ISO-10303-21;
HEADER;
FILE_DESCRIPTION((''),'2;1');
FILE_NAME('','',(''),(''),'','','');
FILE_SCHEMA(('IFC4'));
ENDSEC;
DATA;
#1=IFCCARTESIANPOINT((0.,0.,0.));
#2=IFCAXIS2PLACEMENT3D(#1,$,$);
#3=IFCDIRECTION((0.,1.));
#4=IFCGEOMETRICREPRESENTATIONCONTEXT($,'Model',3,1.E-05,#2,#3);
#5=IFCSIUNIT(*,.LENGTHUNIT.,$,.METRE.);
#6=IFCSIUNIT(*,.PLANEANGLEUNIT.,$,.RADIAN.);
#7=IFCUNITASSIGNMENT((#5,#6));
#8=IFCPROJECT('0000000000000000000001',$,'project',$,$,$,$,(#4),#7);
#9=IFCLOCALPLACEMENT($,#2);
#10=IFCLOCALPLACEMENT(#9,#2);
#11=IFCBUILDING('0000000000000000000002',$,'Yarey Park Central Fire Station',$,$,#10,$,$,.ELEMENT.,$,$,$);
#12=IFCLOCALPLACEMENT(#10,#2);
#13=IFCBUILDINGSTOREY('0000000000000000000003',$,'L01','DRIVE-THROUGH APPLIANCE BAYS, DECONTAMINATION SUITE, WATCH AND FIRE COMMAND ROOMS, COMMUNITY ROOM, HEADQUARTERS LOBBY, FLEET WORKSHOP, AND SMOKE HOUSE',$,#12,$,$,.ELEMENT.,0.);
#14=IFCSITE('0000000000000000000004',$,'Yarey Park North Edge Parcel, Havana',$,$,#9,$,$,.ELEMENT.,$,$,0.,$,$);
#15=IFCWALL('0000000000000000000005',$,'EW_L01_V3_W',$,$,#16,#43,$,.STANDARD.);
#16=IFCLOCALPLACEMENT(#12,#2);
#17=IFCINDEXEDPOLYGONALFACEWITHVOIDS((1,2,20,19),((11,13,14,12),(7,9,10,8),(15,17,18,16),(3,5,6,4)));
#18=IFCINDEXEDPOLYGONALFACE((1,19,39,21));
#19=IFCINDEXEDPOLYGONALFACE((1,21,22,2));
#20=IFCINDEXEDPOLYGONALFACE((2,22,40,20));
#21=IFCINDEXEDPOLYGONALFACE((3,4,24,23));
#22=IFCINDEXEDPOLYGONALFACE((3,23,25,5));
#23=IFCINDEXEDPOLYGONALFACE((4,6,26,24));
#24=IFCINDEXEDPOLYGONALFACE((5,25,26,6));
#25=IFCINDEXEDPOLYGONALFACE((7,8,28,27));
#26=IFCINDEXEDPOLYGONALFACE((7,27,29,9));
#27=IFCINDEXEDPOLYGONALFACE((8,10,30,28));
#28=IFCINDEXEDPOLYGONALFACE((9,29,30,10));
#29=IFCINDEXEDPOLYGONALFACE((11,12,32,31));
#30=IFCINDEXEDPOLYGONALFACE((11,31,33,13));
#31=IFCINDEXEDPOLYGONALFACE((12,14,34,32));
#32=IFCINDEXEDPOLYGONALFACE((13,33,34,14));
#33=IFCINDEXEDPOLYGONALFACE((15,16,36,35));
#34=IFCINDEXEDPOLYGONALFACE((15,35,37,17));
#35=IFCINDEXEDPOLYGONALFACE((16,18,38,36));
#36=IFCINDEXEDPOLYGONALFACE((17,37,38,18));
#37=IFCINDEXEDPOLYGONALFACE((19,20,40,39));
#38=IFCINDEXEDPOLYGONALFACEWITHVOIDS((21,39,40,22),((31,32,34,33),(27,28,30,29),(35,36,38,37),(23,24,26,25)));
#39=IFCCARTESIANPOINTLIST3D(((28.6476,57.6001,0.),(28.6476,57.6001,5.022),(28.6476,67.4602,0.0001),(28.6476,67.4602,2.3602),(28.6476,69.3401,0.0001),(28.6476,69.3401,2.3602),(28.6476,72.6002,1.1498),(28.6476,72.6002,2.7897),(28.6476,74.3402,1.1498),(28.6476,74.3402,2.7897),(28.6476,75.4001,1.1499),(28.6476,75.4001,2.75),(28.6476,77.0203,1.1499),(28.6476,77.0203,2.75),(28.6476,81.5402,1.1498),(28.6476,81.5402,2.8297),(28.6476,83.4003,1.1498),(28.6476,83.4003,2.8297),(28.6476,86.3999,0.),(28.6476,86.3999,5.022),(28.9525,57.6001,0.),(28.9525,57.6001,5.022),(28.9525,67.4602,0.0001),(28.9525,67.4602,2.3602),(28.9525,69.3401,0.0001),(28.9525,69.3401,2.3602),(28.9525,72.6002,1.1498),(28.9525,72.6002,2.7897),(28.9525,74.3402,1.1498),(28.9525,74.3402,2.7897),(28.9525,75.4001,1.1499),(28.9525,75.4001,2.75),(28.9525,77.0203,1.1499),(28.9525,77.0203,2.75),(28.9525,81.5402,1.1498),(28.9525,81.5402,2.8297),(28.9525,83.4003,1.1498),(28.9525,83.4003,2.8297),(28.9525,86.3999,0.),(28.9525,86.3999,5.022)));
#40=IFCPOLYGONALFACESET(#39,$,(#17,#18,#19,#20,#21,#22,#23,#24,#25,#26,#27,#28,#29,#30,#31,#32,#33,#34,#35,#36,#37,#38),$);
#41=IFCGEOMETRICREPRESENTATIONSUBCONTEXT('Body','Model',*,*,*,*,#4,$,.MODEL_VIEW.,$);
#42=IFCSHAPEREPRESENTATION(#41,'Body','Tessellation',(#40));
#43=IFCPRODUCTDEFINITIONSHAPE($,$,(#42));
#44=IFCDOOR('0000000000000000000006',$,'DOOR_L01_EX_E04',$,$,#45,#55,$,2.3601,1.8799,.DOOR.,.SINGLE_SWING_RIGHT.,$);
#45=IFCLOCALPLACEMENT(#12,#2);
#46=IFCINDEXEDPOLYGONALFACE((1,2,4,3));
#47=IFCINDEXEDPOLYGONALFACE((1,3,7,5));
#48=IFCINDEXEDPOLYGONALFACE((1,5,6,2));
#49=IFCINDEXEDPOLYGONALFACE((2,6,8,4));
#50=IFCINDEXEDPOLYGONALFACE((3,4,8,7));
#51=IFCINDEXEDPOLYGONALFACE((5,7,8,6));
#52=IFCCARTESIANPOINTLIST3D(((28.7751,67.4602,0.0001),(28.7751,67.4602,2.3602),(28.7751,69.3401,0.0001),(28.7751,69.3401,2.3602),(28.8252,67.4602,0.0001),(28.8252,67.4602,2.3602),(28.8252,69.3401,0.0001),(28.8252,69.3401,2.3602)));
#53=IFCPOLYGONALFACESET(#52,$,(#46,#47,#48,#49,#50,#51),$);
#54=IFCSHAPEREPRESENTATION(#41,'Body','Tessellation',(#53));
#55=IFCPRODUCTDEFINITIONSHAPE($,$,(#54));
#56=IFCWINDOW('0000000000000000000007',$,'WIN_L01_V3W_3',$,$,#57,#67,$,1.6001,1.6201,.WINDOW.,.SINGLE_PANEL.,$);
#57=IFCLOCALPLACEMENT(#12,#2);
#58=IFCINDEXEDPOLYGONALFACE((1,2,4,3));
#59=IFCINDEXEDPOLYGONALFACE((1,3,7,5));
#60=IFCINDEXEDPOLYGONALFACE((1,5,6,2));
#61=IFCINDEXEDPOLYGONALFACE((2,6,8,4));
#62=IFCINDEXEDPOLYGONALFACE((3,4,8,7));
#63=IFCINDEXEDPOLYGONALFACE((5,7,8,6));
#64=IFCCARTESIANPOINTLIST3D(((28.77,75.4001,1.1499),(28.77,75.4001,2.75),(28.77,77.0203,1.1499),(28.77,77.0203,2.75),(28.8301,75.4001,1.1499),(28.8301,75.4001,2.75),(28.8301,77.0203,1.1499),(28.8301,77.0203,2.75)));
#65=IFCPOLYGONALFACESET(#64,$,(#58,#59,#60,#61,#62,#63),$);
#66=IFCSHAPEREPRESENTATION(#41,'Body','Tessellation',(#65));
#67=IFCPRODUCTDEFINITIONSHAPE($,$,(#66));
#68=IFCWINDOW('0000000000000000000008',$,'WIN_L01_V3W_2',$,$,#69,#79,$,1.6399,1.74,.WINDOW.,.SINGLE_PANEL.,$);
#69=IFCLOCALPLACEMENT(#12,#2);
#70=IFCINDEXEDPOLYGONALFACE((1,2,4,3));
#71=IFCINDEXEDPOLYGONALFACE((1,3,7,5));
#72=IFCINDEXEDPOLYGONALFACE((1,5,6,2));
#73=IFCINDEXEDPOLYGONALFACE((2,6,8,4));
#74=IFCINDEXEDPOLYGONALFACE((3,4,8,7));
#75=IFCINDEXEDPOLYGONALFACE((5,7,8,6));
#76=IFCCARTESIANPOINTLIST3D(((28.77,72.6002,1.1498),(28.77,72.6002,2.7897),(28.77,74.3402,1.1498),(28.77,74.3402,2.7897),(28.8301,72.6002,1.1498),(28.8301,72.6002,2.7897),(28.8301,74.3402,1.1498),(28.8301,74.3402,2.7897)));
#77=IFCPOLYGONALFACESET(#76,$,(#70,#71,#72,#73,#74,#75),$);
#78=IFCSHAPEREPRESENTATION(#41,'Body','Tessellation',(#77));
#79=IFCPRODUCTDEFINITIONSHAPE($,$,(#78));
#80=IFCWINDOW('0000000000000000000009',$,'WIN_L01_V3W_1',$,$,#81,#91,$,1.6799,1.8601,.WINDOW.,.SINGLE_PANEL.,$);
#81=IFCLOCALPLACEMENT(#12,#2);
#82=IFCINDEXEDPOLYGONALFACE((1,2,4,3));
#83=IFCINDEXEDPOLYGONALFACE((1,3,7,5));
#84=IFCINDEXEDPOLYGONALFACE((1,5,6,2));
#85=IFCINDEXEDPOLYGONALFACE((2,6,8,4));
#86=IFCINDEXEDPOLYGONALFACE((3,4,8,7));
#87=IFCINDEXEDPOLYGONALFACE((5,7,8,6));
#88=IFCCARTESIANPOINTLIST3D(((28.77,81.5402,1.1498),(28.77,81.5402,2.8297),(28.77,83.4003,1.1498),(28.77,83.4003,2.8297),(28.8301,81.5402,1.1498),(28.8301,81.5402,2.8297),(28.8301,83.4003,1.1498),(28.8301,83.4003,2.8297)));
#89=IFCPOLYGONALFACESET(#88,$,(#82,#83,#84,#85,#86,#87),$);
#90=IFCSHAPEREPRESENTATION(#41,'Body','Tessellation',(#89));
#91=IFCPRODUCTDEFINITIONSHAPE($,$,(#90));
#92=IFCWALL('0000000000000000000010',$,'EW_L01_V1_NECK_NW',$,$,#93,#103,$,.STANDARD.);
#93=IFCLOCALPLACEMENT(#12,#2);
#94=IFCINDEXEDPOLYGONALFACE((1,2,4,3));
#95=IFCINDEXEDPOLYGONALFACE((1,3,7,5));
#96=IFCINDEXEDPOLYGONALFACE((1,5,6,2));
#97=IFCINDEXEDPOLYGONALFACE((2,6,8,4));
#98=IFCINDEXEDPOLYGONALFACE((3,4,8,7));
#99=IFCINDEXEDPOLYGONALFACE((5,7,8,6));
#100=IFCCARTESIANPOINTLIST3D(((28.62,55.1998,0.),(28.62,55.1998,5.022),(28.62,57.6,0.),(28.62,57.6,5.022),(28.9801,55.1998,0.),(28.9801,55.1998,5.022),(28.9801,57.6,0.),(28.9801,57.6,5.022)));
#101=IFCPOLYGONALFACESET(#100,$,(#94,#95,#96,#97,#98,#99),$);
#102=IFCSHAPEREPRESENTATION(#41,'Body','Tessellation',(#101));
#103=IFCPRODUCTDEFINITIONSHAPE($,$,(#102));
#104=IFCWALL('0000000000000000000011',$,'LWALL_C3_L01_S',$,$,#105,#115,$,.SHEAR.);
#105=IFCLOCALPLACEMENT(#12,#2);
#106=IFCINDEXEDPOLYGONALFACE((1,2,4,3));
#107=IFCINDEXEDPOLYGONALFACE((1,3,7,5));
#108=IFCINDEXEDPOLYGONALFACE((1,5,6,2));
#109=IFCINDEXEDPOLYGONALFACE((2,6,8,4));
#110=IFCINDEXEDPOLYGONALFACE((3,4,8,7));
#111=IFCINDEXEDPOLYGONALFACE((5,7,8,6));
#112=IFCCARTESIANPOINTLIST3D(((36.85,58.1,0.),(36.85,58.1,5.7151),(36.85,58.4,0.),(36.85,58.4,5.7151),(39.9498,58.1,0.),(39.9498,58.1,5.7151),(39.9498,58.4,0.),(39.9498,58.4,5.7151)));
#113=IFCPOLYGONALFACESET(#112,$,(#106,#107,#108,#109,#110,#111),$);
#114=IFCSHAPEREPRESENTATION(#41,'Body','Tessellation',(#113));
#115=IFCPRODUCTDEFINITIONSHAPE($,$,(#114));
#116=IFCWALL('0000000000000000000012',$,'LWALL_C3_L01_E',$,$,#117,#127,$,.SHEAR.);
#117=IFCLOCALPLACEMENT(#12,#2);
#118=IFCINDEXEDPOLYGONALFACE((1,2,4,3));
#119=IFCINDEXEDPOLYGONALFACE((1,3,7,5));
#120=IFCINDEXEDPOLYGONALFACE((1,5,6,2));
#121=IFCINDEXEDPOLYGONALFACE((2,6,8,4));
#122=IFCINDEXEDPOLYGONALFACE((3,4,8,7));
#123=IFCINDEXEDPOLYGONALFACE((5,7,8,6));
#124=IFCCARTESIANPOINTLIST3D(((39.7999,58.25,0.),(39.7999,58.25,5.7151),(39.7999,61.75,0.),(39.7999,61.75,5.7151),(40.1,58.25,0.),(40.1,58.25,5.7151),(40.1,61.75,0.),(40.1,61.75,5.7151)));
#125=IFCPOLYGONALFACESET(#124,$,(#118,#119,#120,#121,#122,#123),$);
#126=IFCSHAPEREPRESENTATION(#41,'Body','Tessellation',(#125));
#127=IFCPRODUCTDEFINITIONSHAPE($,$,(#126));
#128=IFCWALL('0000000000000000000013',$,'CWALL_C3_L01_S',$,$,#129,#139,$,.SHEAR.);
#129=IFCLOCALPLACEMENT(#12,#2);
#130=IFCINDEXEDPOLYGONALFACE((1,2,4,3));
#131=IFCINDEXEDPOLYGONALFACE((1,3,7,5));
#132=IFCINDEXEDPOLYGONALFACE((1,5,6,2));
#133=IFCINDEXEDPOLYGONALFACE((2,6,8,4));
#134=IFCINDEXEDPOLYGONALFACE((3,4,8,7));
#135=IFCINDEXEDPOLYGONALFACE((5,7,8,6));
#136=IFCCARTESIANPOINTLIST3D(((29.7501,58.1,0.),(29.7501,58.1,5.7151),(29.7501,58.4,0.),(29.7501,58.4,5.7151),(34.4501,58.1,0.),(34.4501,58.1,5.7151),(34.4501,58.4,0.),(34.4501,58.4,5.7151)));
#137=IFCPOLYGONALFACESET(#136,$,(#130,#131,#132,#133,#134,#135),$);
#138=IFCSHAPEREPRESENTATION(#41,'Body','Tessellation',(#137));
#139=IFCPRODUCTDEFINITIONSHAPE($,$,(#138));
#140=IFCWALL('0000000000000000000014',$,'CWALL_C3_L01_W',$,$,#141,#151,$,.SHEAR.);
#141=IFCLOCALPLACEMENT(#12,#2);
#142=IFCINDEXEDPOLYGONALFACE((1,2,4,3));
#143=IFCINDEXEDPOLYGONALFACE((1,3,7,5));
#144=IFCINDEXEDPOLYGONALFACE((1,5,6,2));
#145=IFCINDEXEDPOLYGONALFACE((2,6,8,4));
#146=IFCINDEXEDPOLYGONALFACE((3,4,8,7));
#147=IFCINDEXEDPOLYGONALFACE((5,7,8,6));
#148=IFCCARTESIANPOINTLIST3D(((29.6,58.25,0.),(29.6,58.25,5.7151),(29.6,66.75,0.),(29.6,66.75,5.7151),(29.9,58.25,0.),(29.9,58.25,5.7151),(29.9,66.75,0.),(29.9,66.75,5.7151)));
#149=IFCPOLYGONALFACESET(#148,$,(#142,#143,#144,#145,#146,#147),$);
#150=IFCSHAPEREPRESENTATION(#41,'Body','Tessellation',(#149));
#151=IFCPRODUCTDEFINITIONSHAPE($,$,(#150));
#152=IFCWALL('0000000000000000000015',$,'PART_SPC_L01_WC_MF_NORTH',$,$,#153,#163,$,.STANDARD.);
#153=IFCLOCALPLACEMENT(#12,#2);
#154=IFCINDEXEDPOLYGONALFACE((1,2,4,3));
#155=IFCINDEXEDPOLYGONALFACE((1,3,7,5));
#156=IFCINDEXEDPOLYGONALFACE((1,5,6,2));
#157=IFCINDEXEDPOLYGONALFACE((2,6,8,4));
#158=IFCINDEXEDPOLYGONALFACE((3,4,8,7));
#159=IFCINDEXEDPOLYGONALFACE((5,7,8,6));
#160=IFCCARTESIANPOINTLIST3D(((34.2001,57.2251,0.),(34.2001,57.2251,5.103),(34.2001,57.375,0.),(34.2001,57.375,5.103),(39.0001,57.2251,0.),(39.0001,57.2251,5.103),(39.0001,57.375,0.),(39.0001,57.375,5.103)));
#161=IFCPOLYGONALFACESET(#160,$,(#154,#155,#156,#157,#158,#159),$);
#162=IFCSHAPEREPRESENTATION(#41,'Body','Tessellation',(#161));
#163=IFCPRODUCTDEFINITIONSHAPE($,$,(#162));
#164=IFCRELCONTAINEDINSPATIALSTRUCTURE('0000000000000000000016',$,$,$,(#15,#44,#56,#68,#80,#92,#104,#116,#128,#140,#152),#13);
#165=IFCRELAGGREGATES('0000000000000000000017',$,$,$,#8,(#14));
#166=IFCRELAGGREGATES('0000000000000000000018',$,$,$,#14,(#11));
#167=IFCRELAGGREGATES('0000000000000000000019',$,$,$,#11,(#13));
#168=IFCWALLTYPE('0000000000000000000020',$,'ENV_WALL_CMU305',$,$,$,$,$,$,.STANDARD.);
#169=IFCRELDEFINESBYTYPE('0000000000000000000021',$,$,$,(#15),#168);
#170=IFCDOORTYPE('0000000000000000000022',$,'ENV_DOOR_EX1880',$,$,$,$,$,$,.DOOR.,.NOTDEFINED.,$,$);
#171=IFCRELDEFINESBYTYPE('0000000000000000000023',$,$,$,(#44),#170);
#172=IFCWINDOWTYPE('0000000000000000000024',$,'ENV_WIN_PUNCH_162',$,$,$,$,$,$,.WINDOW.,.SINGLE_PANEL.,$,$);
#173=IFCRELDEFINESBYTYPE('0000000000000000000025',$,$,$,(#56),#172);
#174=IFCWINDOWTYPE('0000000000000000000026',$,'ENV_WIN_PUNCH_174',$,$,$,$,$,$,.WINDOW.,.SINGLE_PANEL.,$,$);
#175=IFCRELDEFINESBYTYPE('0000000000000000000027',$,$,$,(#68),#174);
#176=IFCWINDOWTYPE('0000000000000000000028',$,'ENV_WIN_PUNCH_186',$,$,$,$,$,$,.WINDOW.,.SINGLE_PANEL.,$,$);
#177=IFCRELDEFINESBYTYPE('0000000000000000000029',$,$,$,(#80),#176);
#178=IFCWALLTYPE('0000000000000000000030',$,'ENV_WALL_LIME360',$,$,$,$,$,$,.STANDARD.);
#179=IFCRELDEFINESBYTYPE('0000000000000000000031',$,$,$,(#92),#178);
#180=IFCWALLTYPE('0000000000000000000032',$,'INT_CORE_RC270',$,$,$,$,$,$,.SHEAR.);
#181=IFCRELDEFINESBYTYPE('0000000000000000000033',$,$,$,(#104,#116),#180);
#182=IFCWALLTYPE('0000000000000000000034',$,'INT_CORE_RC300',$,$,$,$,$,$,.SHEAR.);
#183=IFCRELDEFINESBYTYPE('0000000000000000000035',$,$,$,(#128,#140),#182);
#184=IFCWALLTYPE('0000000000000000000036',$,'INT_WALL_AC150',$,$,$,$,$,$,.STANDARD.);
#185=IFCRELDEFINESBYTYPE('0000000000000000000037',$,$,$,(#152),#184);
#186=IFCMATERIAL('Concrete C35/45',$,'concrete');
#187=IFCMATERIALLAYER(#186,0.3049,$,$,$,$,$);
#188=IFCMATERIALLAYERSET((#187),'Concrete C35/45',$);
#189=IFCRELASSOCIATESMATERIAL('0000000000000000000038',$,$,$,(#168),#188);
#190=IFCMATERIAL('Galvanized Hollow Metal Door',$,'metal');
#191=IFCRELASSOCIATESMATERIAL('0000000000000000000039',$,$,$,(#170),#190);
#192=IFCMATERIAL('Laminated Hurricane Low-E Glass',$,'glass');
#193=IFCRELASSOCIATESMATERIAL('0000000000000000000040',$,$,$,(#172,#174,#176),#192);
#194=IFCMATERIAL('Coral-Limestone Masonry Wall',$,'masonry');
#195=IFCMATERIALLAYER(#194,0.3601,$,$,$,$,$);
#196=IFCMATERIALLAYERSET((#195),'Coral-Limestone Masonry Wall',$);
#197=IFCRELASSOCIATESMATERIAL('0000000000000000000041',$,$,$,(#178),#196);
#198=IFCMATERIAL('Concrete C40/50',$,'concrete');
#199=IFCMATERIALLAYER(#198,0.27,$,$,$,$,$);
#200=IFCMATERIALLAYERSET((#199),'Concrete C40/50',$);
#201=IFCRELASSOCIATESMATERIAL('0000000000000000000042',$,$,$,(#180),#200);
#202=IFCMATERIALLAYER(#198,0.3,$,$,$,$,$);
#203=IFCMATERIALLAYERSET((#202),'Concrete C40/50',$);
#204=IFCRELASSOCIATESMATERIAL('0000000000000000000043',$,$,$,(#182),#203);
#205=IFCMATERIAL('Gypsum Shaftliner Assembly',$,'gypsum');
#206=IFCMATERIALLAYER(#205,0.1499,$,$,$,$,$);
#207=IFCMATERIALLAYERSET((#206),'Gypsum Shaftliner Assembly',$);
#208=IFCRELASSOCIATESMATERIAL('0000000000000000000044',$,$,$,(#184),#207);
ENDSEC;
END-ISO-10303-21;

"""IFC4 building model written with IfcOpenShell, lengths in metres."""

from ifc_helpers import new_model, si_unit, direction, frame, frame_2d, origin, place, context, subcontext, project, spatial, rectangle, extrude, material, layer, layer_set, type_object, element, fill, save


model = new_model("IFC4")

# Units and contexts
model_context = context("Model", 3, precision=1e-05, world=origin(), true_north=direction((0.0, 1.0)))
body_context = subcontext(model_context, "Body", "Model", "MODEL_VIEW")
ifc_project = project(units=[si_unit("LENGTHUNIT", "METRE"), si_unit("PLANEANGLEUNIT", "RADIAN")], contexts=[model_context])

# Site, building, storey
site_placement = place(None, origin())
site = spatial("IfcSite", under=ifc_project, at=site_placement, Name="Yarey Park North Edge Parcel, Havana", CompositionType="ELEMENT", RefElevation=0.0)
building_placement = place(site_placement, origin())
building = spatial("IfcBuilding", under=site, at=building_placement, Name="Yarey Park Central Fire Station", CompositionType="ELEMENT")
storey_placement = place(building_placement, origin())
storey = spatial("IfcBuildingStorey", under=building, at=storey_placement, Name="L01", Description="DRIVE-THROUGH APPLIANCE BAYS, DECONTAMINATION SUITE, WATCH AND FIRE COMMAND ROOMS, COMMUNITY ROOM, HEADQUARTERS LOBBY, FLEET WORKSHOP, AND SMOKE HOUSE", CompositionType="ELEMENT", Elevation=0.0)

# Shared definitions
ifc_material_1 = material(Name="Concrete C35/45", Category="concrete")

# Wall, openings, door, windows
ifc_layer_1 = layer(ifc_material_1, 0.3049)
ifc_layer_set_1 = layer_set([ifc_layer_1], Name="Concrete C35/45")
wall_type_1 = type_object("IfcWallType", Name="ENV_WALL_CMU305", PredefinedType="STANDARD", material=ifc_layer_set_1)
wall_1_placement = place(storey_placement, frame((28.8, 57.6001, 0.0), z_axis=(0.0, 0.0, 1.0), x_axis=(0.0, 1.0, 0.0)))
wall_1 = element("IfcWall", 1, at=wall_1_placement, inside=storey, type_object=wall_type_1, Name="EW_L01_V3_W", PredefinedType="STANDARD", context=body_context, shape_type="SweptSolid", body=[
    extrude(rectangle(XDim=28.7998, YDim=0.3049, at=frame_2d((14.3999, 0.0))), origin(), (0.0, 0.0, 1.0), 5.022),
])
opening_1_placement = place(wall_1_placement, frame((9.8601, 0.0, 0.0)))
opening_1 = element("IfcOpeningElement", 2, at=opening_1_placement, cuts=wall_1, PredefinedType="OPENING", context=body_context, shape_type="SweptSolid", body=[
    extrude(rectangle(XDim=1.8799, YDim=2.3601, at=frame_2d((0.9399, 1.1802))), frame((0.0, 0.1624, 0.0), z_axis=(0.0, -1.0, 0.0), x_axis=(1.0, 0.0, 0.0)), (0.0, 0.0, 1.0), 0.325),
])
opening_2_placement = place(wall_1_placement, frame((23.9399, 0.0, 1.1499)))
opening_2 = element("IfcOpeningElement", 3, at=opening_2_placement, cuts=wall_1, PredefinedType="OPENING", context=body_context, shape_type="SweptSolid", body=[
    extrude(rectangle(XDim=1.8601, YDim=1.6799, at=frame_2d((0.9302, 0.8398))), frame((0.0, 0.1624, 0.0), z_axis=(0.0, -1.0, 0.0), x_axis=(1.0, 0.0, 0.0)), (0.0, 0.0, 1.0), 0.325),
])
opening_3_placement = place(wall_1_placement, frame((15.0, 0.0, 1.1499)))
opening_3 = element("IfcOpeningElement", 4, at=opening_3_placement, cuts=wall_1, PredefinedType="OPENING", context=body_context, shape_type="SweptSolid", body=[
    extrude(rectangle(XDim=1.74, YDim=1.6399, at=frame_2d((0.8701, 0.8198))), frame((0.0, 0.1624, 0.0), z_axis=(0.0, -1.0, 0.0), x_axis=(1.0, 0.0, 0.0)), (0.0, 0.0, 1.0), 0.325),
])
opening_4_placement = place(wall_1_placement, frame((17.8, 0.0, 1.1499)))
opening_4 = element("IfcOpeningElement", 5, at=opening_4_placement, cuts=wall_1, PredefinedType="OPENING", context=body_context, shape_type="SweptSolid", body=[
    extrude(rectangle(XDim=1.6201, YDim=1.6001, at=frame_2d((0.8101, 0.8))), frame((0.0, 0.1624, 0.0), z_axis=(0.0, -1.0, 0.0), x_axis=(1.0, 0.0, 0.0)), (0.0, 0.0, 1.0), 0.325),
])
ifc_material_2 = material(Name="Galvanized Hollow Metal Door", Category="metal")
door_type_1 = type_object("IfcDoorType", Name="ENV_DOOR_EX1880", OperationType="NOTDEFINED", PredefinedType="DOOR", material=ifc_material_2)
door_1_placement = place(opening_1_placement, origin())
door_1 = element("IfcDoor", 6, at=door_1_placement, inside=storey, type_object=door_type_1, Name="DOOR_L01_EX_E04", OperationType="SINGLE_SWING_RIGHT", OverallHeight=2.3601, OverallWidth=1.8799, PredefinedType="DOOR", context=body_context, shape_type="SweptSolid", body=[
    extrude(rectangle(XDim=1.8799, YDim=2.3601, at=frame_2d((0.9399, 1.1802))), frame((0.0, 0.0249, 0.0), z_axis=(0.0, -1.0, 0.0), x_axis=(1.0, 0.0, 0.0)), (0.0, 0.0, 1.0), 0.05),
])
fill(opening_1, door_1)
ifc_material_3 = material(Name="Laminated Hurricane Low-E Glass", Category="glass")
window_type_1 = type_object("IfcWindowType", Name="ENV_WIN_PUNCH_162", PartitioningType="SINGLE_PANEL", PredefinedType="WINDOW", material=ifc_material_3)
window_1_placement = place(opening_4_placement, origin())
window_1 = element("IfcWindow", 7, at=window_1_placement, inside=storey, type_object=window_type_1, Name="WIN_L01_V3W_3", OverallHeight=1.6001, OverallWidth=1.6201, PartitioningType="SINGLE_PANEL", PredefinedType="WINDOW", context=body_context, shape_type="SweptSolid", body=[
    extrude(rectangle(XDim=1.6201, YDim=1.6001, at=frame_2d((0.8101, 0.8))), frame((0.0, 0.03, 0.0), z_axis=(0.0, -1.0, 0.0), x_axis=(1.0, 0.0, 0.0)), (0.0, 0.0, 1.0), 0.0601),
])
fill(opening_4, window_1)
window_type_2 = type_object("IfcWindowType", Name="ENV_WIN_PUNCH_174", PartitioningType="SINGLE_PANEL", PredefinedType="WINDOW", material=ifc_material_3)
window_2_placement = place(opening_3_placement, origin())
window_2 = element("IfcWindow", 8, at=window_2_placement, inside=storey, type_object=window_type_2, Name="WIN_L01_V3W_2", OverallHeight=1.6399, OverallWidth=1.74, PartitioningType="SINGLE_PANEL", PredefinedType="WINDOW", context=body_context, shape_type="SweptSolid", body=[
    extrude(rectangle(XDim=1.74, YDim=1.6399, at=frame_2d((0.8701, 0.8198))), frame((0.0, 0.03, 0.0), z_axis=(0.0, -1.0, 0.0), x_axis=(1.0, 0.0, 0.0)), (0.0, 0.0, 1.0), 0.0601),
])
fill(opening_3, window_2)
window_type_3 = type_object("IfcWindowType", Name="ENV_WIN_PUNCH_186", PartitioningType="SINGLE_PANEL", PredefinedType="WINDOW", material=ifc_material_3)
window_3_placement = place(opening_2_placement, origin())
window_3 = element("IfcWindow", 9, at=window_3_placement, inside=storey, type_object=window_type_3, Name="WIN_L01_V3W_1", OverallHeight=1.6799, OverallWidth=1.8601, PartitioningType="SINGLE_PANEL", PredefinedType="WINDOW", context=body_context, shape_type="SweptSolid", body=[
    extrude(rectangle(XDim=1.8601, YDim=1.6799, at=frame_2d((0.9302, 0.8398))), frame((0.0, 0.03, 0.0), z_axis=(0.0, -1.0, 0.0), x_axis=(1.0, 0.0, 0.0)), (0.0, 0.0, 1.0), 0.0601),
])
fill(opening_2, window_3)

# Walls
ifc_material_4 = material(Name="Coral-Limestone Masonry Wall", Category="masonry")
ifc_layer_2 = layer(ifc_material_4, 0.3601)
ifc_layer_set_2 = layer_set([ifc_layer_2], Name="Coral-Limestone Masonry Wall")
wall_type_2 = type_object("IfcWallType", Name="ENV_WALL_LIME360", PredefinedType="STANDARD", material=ifc_layer_set_2)
wall_2_placement = place(storey_placement, frame((28.8, 57.6001, 0.0), z_axis=(0.0, 0.0, 1.0), x_axis=(0.0, -1.0, 0.0)))
element("IfcWall", 10, at=wall_2_placement, inside=storey, type_object=wall_type_2, Name="EW_L01_V1_NECK_NW", PredefinedType="STANDARD", context=body_context, shape_type="SweptSolid", body=[
    extrude(rectangle(XDim=2.4001, YDim=0.3601, at=frame_2d((1.2002, 0.0))), origin(), (0.0, 0.0, 1.0), 5.022),
])
ifc_material_5 = material(Name="Concrete C40/50", Category="concrete")
ifc_layer_3 = layer(ifc_material_5, 0.27)
ifc_layer_set_3 = layer_set([ifc_layer_3], Name="Concrete C40/50")
wall_type_3 = type_object("IfcWallType", Name="INT_CORE_RC270", PredefinedType="SHEAR", material=ifc_layer_set_3)
wall_3_placement = place(storey_placement, frame((36.8501, 58.25, 0.0), z_axis=(0.0, 0.0, 1.0), x_axis=(1.0, 0.0, 0.0)))
element("IfcWall", 11, at=wall_3_placement, inside=storey, type_object=wall_type_3, Name="LWALL_C3_L01_S", PredefinedType="SHEAR", context=body_context, shape_type="SweptSolid", body=[
    extrude(rectangle(XDim=3.0999, YDim=0.3, at=frame_2d((1.5498, 0.0))), origin(), (0.0, 0.0, 1.0), 5.7151),
])
wall_4_placement = place(storey_placement, frame((39.95, 58.25, 0.0), z_axis=(0.0, 0.0, 1.0), x_axis=(0.0, 1.0, 0.0)))
element("IfcWall", 12, at=wall_4_placement, inside=storey, type_object=wall_type_3, Name="LWALL_C3_L01_E", PredefinedType="SHEAR", context=body_context, shape_type="SweptSolid", body=[
    extrude(rectangle(XDim=3.5, YDim=0.3, at=frame_2d((1.75, 0.0))), origin(), (0.0, 0.0, 1.0), 5.7151),
])
ifc_layer_4 = layer(ifc_material_5, 0.3)
ifc_layer_set_4 = layer_set([ifc_layer_4], Name="Concrete C40/50")
wall_type_4 = type_object("IfcWallType", Name="INT_CORE_RC300", PredefinedType="SHEAR", material=ifc_layer_set_4)
wall_5_placement = place(storey_placement, frame((29.75, 58.25, 0.0), z_axis=(0.0, 0.0, 1.0), x_axis=(1.0, 0.0, 0.0)))
element("IfcWall", 13, at=wall_5_placement, inside=storey, type_object=wall_type_4, Name="CWALL_C3_L01_S", PredefinedType="SHEAR", context=body_context, shape_type="SweptSolid", body=[
    extrude(rectangle(XDim=4.7, YDim=0.3, at=frame_2d((2.3501, 0.0))), origin(), (0.0, 0.0, 1.0), 5.7151),
])
wall_6_placement = place(storey_placement, frame((29.75, 58.25, 0.0), z_axis=(0.0, 0.0, 1.0), x_axis=(0.0, 1.0, 0.0)))
element("IfcWall", 14, at=wall_6_placement, inside=storey, type_object=wall_type_4, Name="CWALL_C3_L01_W", PredefinedType="SHEAR", context=body_context, shape_type="SweptSolid", body=[
    extrude(rectangle(XDim=8.5, YDim=0.3, at=frame_2d((4.25, 0.0))), origin(), (0.0, 0.0, 1.0), 5.7151),
])
ifc_material_6 = material(Name="Gypsum Shaftliner Assembly", Category="gypsum")
ifc_layer_5 = layer(ifc_material_6, 0.1499)
ifc_layer_set_5 = layer_set([ifc_layer_5], Name="Gypsum Shaftliner Assembly")
wall_type_5 = type_object("IfcWallType", Name="INT_WALL_AC150", PredefinedType="STANDARD", material=ifc_layer_set_5)
wall_7_placement = place(storey_placement, frame((39.0, 57.3, 0.0), z_axis=(0.0, 0.0, 1.0), x_axis=(-1.0, 0.0, 0.0)))
element("IfcWall", 15, at=wall_7_placement, inside=storey, type_object=wall_type_5, Name="PART_SPC_L01_WC_MF_NORTH", PredefinedType="STANDARD", context=body_context, shape_type="SweptSolid", body=[
    extrude(rectangle(XDim=4.8, YDim=0.1499, at=frame_2d((2.3999, 0.0))), origin(), (0.0, 0.0, 1.0), 5.103),
])

save(model, "model.ifc")
